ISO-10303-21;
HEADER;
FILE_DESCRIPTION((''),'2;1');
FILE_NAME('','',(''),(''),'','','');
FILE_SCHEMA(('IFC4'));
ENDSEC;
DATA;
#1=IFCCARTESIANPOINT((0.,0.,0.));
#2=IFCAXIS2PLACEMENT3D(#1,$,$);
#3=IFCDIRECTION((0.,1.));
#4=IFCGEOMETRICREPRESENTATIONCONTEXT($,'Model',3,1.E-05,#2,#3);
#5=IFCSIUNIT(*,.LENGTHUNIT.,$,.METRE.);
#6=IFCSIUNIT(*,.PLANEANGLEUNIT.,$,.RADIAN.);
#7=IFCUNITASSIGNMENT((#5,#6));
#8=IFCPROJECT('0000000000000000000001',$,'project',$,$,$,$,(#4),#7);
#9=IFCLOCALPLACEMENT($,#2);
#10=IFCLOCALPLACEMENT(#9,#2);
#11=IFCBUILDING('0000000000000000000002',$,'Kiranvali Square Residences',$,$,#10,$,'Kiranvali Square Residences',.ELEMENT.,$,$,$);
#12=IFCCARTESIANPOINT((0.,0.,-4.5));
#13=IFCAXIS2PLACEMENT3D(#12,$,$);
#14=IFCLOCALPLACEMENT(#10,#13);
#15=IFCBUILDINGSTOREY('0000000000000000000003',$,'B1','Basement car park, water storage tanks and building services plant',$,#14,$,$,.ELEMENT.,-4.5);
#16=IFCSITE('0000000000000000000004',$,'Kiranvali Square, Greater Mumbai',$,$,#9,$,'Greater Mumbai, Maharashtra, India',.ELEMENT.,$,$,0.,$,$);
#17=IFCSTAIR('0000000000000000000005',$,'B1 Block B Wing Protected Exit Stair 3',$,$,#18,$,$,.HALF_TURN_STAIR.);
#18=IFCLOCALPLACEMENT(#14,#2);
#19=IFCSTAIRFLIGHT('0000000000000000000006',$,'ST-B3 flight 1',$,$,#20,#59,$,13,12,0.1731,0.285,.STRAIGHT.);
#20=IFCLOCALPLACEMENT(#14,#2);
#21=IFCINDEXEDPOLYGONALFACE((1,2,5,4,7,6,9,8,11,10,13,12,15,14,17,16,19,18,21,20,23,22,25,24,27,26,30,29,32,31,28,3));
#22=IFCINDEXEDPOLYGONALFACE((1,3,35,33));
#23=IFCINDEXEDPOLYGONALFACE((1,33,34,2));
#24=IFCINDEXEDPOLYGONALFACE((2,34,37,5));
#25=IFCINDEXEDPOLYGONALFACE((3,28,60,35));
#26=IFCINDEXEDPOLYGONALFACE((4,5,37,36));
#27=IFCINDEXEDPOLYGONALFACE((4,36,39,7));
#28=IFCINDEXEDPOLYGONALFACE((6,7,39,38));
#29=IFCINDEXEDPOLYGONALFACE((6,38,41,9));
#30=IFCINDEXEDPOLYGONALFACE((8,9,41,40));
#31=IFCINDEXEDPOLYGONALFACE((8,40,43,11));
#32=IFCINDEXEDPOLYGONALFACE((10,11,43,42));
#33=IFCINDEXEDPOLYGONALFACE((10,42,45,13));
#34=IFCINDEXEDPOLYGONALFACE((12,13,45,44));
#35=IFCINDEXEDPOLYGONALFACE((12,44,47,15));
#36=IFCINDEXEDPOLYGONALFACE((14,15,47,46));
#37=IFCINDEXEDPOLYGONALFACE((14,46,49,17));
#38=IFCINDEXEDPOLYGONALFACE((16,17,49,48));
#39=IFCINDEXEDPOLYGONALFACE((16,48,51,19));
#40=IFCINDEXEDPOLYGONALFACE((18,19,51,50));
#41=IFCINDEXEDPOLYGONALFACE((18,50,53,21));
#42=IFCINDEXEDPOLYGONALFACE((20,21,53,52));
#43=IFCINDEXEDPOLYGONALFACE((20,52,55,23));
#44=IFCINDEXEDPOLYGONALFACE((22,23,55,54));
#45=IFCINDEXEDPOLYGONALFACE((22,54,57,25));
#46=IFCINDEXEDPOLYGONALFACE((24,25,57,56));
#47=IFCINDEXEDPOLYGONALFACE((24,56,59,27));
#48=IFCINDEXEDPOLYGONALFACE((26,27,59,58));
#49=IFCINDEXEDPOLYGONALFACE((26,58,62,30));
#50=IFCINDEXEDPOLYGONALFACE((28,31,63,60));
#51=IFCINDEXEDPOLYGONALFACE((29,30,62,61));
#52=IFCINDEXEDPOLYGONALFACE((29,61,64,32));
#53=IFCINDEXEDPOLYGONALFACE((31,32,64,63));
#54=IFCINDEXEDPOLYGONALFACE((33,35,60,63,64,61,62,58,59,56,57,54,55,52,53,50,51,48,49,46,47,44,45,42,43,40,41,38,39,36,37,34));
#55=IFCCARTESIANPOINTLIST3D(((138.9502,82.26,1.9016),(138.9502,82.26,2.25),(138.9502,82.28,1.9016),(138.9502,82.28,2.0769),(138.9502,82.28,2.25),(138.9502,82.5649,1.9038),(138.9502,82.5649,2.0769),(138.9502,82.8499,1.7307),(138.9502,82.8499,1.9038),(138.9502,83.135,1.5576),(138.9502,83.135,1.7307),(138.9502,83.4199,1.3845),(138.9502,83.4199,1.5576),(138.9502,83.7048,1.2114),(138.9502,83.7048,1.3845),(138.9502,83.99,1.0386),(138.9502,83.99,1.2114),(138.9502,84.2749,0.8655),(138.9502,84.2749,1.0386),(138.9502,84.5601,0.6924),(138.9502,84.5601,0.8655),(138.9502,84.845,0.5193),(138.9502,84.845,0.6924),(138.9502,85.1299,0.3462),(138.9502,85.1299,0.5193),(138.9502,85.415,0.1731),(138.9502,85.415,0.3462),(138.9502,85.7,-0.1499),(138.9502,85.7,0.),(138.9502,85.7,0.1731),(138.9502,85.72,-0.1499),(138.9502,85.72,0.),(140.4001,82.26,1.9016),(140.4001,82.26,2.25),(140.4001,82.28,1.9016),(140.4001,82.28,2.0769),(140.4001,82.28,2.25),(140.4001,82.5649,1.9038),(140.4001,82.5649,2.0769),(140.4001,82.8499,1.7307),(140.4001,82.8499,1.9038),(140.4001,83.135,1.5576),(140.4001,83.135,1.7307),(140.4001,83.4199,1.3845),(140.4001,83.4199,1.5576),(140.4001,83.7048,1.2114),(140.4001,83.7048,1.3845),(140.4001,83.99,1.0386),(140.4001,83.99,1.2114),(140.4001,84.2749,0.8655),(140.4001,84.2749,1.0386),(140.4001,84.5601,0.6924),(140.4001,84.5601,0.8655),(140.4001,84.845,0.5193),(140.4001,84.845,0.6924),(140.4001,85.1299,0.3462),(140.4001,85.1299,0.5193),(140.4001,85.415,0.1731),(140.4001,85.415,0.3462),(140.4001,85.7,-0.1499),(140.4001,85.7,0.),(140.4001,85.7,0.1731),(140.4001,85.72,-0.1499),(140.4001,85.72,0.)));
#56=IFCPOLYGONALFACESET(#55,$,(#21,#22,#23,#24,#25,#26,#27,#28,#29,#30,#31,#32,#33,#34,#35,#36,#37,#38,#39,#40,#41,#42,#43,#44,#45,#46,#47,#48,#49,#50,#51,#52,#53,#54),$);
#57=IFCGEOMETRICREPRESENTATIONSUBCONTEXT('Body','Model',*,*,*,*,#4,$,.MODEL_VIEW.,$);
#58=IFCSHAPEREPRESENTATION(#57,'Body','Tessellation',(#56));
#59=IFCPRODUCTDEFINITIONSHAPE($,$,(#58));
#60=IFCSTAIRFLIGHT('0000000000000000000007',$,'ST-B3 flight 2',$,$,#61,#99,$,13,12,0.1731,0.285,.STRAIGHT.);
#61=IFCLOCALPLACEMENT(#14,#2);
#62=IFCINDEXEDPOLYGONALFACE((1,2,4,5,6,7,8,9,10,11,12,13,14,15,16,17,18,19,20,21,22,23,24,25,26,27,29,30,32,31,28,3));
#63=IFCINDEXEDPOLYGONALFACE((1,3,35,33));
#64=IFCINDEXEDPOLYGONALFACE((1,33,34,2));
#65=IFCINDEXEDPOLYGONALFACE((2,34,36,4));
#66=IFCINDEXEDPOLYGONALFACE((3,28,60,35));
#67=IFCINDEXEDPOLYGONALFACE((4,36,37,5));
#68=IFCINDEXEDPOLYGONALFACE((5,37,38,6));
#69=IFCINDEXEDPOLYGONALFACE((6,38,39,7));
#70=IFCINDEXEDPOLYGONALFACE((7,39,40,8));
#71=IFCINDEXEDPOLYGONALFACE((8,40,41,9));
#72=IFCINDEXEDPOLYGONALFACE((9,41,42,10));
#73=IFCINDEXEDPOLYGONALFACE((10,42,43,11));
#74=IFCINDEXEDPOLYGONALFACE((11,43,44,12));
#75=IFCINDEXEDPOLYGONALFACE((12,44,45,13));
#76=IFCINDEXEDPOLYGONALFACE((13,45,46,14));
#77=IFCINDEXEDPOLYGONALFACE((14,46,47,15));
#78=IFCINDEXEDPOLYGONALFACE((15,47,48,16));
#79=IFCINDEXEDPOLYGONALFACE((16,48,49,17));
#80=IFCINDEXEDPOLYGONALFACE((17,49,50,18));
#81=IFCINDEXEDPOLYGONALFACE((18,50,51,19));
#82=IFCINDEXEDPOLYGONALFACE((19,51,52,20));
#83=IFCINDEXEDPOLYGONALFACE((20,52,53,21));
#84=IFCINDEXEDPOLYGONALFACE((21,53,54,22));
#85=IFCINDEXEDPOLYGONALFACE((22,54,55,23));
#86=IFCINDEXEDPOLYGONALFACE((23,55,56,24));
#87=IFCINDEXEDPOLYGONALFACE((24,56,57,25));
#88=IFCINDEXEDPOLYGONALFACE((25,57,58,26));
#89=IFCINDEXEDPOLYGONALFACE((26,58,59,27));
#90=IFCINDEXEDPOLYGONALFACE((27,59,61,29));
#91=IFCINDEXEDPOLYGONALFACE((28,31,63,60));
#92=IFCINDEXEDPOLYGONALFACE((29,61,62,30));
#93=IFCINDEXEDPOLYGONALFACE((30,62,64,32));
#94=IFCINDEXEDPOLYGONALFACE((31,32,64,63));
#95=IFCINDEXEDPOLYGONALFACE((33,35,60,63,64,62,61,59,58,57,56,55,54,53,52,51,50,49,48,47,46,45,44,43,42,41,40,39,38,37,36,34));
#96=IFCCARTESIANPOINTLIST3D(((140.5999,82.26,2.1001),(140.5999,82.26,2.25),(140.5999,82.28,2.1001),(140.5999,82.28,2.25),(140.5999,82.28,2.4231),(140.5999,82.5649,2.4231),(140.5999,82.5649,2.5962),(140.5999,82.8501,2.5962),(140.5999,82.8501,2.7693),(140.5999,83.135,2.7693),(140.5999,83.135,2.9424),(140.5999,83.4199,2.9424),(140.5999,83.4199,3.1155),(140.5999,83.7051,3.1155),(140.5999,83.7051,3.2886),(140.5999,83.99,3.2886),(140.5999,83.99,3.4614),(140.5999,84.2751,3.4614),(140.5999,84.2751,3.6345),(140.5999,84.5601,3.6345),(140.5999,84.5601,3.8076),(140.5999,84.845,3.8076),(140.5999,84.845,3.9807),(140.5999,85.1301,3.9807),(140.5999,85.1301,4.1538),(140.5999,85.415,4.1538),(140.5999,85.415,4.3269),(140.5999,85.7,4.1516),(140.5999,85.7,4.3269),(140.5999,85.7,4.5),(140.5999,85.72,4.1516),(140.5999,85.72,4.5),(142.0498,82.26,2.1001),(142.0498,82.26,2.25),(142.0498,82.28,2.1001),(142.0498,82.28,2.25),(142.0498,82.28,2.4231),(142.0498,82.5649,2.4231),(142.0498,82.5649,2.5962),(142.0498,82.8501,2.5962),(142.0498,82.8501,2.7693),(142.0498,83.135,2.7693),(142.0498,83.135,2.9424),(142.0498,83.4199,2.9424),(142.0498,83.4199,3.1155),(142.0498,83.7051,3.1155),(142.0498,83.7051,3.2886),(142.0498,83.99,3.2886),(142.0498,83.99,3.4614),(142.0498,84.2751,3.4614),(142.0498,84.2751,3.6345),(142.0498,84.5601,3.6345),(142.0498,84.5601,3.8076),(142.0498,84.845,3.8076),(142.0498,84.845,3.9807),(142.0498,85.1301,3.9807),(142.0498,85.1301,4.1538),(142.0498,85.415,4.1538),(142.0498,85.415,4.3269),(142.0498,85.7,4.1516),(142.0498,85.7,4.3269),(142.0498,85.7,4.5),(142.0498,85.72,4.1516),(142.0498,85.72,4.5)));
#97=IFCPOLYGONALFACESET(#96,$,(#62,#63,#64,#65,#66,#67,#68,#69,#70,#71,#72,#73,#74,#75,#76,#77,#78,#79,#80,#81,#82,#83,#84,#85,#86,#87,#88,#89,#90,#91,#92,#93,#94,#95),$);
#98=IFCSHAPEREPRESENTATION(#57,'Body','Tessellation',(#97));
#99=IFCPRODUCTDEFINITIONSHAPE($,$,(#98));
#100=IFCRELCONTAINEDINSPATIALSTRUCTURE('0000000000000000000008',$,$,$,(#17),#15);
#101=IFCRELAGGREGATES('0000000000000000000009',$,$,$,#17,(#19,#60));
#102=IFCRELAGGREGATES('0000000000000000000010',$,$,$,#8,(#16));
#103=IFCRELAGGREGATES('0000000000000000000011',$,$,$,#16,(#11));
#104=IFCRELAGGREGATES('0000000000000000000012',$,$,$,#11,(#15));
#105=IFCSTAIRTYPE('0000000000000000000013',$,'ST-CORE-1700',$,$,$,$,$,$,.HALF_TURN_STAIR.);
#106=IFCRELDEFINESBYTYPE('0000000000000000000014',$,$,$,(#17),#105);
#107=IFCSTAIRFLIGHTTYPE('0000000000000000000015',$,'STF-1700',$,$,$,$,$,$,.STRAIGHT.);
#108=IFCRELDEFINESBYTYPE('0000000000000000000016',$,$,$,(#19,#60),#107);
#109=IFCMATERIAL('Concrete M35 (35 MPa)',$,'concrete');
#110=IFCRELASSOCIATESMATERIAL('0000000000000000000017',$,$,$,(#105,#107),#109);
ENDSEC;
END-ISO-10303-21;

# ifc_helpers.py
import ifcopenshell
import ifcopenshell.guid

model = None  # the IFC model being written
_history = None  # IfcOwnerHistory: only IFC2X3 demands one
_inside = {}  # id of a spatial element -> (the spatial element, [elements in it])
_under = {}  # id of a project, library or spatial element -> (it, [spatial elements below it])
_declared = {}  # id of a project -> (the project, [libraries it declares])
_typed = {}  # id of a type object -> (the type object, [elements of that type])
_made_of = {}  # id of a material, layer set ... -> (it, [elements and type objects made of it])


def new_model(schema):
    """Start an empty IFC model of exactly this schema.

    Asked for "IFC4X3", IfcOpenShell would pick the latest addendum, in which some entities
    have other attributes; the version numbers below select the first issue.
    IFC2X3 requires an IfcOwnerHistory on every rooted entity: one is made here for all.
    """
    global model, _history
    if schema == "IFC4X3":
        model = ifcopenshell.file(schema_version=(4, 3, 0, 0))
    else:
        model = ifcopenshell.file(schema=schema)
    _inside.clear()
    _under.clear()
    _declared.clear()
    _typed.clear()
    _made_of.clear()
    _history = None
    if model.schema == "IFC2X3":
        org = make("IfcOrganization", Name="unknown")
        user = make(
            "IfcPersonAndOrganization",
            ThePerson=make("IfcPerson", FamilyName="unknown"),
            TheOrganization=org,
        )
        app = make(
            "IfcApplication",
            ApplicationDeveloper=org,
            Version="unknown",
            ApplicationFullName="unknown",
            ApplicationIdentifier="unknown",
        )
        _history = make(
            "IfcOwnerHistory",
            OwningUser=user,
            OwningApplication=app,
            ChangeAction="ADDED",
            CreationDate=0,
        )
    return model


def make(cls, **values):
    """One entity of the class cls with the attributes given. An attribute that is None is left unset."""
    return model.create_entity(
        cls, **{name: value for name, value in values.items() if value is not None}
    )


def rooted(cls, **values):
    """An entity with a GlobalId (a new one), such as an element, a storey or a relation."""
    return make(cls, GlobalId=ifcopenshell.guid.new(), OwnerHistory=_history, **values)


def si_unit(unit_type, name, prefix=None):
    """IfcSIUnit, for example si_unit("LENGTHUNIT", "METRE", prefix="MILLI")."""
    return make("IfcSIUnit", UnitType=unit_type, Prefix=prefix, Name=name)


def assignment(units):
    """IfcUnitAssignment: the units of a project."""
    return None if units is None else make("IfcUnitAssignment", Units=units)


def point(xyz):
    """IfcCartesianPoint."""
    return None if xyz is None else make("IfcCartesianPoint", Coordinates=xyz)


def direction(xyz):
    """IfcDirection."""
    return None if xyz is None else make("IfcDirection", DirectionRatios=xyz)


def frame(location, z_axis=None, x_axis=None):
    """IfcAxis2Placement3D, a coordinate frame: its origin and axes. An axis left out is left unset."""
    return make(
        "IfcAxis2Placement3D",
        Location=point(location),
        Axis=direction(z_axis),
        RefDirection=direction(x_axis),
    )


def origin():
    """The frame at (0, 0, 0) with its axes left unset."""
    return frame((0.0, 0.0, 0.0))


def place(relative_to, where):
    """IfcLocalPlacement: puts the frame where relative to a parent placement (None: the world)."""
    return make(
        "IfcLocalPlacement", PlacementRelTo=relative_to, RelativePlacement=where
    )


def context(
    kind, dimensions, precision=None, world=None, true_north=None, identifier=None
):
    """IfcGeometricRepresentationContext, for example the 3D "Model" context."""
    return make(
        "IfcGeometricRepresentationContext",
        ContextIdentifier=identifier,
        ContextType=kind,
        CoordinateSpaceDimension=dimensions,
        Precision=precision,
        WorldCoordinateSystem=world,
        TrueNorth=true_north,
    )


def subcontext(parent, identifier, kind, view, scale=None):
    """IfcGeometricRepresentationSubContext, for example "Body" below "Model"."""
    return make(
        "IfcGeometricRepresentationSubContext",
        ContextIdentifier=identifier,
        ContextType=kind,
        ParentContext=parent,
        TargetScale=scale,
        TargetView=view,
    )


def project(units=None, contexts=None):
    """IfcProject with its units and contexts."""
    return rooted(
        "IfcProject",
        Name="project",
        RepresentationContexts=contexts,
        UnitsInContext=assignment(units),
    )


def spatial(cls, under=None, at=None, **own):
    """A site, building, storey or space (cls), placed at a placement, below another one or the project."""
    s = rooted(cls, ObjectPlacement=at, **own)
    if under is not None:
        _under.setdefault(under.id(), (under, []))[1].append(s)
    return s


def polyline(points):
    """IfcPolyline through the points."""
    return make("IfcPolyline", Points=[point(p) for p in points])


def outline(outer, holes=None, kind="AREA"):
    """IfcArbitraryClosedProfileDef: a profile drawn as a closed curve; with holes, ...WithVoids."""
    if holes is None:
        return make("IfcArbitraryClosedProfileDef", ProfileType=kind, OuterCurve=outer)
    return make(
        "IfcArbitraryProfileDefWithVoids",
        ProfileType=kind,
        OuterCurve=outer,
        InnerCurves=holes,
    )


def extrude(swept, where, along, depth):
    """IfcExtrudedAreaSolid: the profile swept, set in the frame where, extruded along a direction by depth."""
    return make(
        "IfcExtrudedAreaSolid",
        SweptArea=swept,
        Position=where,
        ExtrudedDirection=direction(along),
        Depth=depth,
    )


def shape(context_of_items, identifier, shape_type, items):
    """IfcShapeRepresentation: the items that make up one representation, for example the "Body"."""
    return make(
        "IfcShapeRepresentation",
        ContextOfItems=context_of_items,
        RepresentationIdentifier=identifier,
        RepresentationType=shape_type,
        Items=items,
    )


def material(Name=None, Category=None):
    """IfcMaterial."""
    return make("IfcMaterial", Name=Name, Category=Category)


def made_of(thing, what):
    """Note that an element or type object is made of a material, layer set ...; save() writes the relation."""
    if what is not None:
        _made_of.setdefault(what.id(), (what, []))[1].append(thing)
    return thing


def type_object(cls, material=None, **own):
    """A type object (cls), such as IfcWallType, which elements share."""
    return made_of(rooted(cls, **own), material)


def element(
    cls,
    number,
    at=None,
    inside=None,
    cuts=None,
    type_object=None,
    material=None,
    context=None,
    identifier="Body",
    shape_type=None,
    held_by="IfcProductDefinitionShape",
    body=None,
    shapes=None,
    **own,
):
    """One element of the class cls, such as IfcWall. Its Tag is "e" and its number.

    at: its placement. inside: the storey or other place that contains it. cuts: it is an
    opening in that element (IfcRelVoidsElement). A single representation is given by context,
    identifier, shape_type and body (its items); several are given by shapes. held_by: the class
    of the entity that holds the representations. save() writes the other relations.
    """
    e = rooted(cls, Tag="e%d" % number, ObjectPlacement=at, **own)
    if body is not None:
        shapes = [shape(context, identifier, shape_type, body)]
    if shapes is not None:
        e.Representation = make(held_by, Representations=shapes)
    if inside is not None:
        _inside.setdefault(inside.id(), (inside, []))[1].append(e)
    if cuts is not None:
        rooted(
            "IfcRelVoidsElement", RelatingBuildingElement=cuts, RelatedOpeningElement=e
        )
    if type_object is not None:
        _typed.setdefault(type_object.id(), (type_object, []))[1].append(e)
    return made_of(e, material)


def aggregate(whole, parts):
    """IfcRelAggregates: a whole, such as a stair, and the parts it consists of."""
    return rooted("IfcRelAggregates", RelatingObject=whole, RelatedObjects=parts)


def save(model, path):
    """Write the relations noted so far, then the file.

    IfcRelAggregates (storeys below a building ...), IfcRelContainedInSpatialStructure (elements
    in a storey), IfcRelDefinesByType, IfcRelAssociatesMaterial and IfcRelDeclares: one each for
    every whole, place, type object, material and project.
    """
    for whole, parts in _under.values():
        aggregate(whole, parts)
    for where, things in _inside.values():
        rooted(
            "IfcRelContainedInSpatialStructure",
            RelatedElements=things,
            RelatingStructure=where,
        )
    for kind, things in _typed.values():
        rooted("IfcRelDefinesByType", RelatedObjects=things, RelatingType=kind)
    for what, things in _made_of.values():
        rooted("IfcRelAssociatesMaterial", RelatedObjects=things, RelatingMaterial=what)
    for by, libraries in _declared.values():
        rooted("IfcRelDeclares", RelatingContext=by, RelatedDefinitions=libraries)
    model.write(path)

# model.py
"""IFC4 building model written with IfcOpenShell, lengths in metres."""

from ifc_helpers import new_model, si_unit, direction, frame, origin, place, context, subcontext, project, spatial, polyline, outline, extrude, material, type_object, element, aggregate, save


model = new_model("IFC4")

# Units and contexts
model_context = context("Model", 3, precision=1e-05, world=origin(), true_north=direction((0.0, 1.0)))
body_context = subcontext(model_context, "Body", "Model", "MODEL_VIEW")
ifc_project = project(units=[si_unit("LENGTHUNIT", "METRE"), si_unit("PLANEANGLEUNIT", "RADIAN")], contexts=[model_context])

# Site, building, storey
site_placement = place(None, origin())
site = spatial("IfcSite", under=ifc_project, at=site_placement, Name="Kiranvali Square, Greater Mumbai", LongName="Greater Mumbai, Maharashtra, India", CompositionType="ELEMENT", RefElevation=0.0)
building_placement = place(site_placement, origin())
building = spatial("IfcBuilding", under=site, at=building_placement, Name="Kiranvali Square Residences", LongName="Kiranvali Square Residences", CompositionType="ELEMENT")
storey_placement = place(building_placement, frame((0.0, 0.0, -4.5)))
storey = spatial("IfcBuildingStorey", under=building, at=storey_placement, Name="B1", Description="Basement car park, water storage tanks and building services plant", CompositionType="ELEMENT", Elevation=-4.5)

# Stair, stair flights
ifc_material_1 = material(Name="Concrete M35 (35 MPa)", Category="concrete")
stair_type = type_object("IfcStairType", Name="ST-CORE-1700", PredefinedType="HALF_TURN_STAIR", material=ifc_material_1)
stair_placement = place(storey_placement, origin())
stair = element("IfcStair", 1, at=stair_placement, inside=storey, type_object=stair_type, Name="B1 Block B Wing Protected Exit Stair 3", PredefinedType="HALF_TURN_STAIR")
stair_flight_type = type_object("IfcStairFlightType", Name="STF-1700", PredefinedType="STRAIGHT", material=ifc_material_1)
stair_flight_1_placement = place(storey_placement, frame((139.675, 85.7, 0.0), z_axis=(0.0, 0.0, 1.0), x_axis=(0.0, -1.0, 0.0)))
stair_flight_1 = element("IfcStairFlight", 2, at=stair_flight_1_placement, type_object=stair_flight_type, Name="ST-B3 flight 1", NumberOfRisers=13, NumberOfTreads=12, PredefinedType="STRAIGHT", RiserHeight=0.1731, TreadLength=0.285, context=body_context, shape_type="SweptSolid", body=[
    extrude(outline(polyline([(-0.02, -0.1499), (-0.02, 0.0), (0.0, 0.0), (0.0, 0.1731), (0.2849, 0.1731), (0.2849, 0.3462), (0.5701, 0.3462), (0.5701, 0.5193), (0.855, 0.5193), (0.855, 0.6924), (1.1399, 0.6924), (1.1399, 0.8655), (1.425, 0.8655), (1.425, 1.0386), (1.71, 1.0386), (1.71, 1.2114), (1.9951, 1.2114), (1.9951, 1.3845), (2.28, 1.3845), (2.28, 1.5576), (2.5649, 1.5576), (2.5649, 1.7307), (2.8501, 1.7307), (2.8501, 1.9038), (3.135, 1.9038), (3.135, 2.0769), (3.4199, 2.0769), (3.4199, 2.25), (3.4399, 2.25), (3.4399, 1.9016), (3.4199, 1.9016), (0.0, -0.1499), (-0.02, -0.1499)])), frame((0.0, 0.7251, 0.0), z_axis=(0.0, -1.0, 0.0), x_axis=(1.0, 0.0, 0.0)), (0.0, 0.0, 1.0), 1.45),
])
stair_flight_2_placement = place(storey_placement, frame((141.325, 82.28, 2.25), z_axis=(0.0, 0.0, 1.0), x_axis=(0.0, 1.0, 0.0)))
stair_flight_2 = element("IfcStairFlight", 3, at=stair_flight_2_placement, type_object=stair_flight_type, Name="ST-B3 flight 2", NumberOfRisers=13, NumberOfTreads=12, PredefinedType="STRAIGHT", RiserHeight=0.1731, TreadLength=0.285, context=body_context, shape_type="SweptSolid", body=[
    extrude(outline(polyline([(-0.02, -0.1499), (-0.02, 0.0), (0.0, 0.0), (0.0, 0.1731), (0.2849, 0.1731), (0.2849, 0.3462), (0.5701, 0.3462), (0.5701, 0.5193), (0.855, 0.5193), (0.855, 0.6924), (1.1399, 0.6924), (1.1399, 0.8655), (1.425, 0.8655), (1.425, 1.0386), (1.71, 1.0386), (1.71, 1.2114), (1.9951, 1.2114), (1.9951, 1.3845), (2.28, 1.3845), (2.28, 1.5576), (2.5649, 1.5576), (2.5649, 1.7307), (2.8501, 1.7307), (2.8501, 1.9038), (3.135, 1.9038), (3.135, 2.0769), (3.4199, 2.0769), (3.4199, 2.25), (3.4399, 2.25), (3.4399, 1.9016), (3.4199, 1.9016), (0.0, -0.1499), (-0.02, -0.1499)])), frame((0.0, 0.7251, 0.0), z_axis=(0.0, -1.0, 0.0), x_axis=(1.0, 0.0, 0.0)), (0.0, 0.0, 1.0), 1.45),
])
aggregate(stair, [stair_flight_1, stair_flight_2])

save(model, "model.ifc")
